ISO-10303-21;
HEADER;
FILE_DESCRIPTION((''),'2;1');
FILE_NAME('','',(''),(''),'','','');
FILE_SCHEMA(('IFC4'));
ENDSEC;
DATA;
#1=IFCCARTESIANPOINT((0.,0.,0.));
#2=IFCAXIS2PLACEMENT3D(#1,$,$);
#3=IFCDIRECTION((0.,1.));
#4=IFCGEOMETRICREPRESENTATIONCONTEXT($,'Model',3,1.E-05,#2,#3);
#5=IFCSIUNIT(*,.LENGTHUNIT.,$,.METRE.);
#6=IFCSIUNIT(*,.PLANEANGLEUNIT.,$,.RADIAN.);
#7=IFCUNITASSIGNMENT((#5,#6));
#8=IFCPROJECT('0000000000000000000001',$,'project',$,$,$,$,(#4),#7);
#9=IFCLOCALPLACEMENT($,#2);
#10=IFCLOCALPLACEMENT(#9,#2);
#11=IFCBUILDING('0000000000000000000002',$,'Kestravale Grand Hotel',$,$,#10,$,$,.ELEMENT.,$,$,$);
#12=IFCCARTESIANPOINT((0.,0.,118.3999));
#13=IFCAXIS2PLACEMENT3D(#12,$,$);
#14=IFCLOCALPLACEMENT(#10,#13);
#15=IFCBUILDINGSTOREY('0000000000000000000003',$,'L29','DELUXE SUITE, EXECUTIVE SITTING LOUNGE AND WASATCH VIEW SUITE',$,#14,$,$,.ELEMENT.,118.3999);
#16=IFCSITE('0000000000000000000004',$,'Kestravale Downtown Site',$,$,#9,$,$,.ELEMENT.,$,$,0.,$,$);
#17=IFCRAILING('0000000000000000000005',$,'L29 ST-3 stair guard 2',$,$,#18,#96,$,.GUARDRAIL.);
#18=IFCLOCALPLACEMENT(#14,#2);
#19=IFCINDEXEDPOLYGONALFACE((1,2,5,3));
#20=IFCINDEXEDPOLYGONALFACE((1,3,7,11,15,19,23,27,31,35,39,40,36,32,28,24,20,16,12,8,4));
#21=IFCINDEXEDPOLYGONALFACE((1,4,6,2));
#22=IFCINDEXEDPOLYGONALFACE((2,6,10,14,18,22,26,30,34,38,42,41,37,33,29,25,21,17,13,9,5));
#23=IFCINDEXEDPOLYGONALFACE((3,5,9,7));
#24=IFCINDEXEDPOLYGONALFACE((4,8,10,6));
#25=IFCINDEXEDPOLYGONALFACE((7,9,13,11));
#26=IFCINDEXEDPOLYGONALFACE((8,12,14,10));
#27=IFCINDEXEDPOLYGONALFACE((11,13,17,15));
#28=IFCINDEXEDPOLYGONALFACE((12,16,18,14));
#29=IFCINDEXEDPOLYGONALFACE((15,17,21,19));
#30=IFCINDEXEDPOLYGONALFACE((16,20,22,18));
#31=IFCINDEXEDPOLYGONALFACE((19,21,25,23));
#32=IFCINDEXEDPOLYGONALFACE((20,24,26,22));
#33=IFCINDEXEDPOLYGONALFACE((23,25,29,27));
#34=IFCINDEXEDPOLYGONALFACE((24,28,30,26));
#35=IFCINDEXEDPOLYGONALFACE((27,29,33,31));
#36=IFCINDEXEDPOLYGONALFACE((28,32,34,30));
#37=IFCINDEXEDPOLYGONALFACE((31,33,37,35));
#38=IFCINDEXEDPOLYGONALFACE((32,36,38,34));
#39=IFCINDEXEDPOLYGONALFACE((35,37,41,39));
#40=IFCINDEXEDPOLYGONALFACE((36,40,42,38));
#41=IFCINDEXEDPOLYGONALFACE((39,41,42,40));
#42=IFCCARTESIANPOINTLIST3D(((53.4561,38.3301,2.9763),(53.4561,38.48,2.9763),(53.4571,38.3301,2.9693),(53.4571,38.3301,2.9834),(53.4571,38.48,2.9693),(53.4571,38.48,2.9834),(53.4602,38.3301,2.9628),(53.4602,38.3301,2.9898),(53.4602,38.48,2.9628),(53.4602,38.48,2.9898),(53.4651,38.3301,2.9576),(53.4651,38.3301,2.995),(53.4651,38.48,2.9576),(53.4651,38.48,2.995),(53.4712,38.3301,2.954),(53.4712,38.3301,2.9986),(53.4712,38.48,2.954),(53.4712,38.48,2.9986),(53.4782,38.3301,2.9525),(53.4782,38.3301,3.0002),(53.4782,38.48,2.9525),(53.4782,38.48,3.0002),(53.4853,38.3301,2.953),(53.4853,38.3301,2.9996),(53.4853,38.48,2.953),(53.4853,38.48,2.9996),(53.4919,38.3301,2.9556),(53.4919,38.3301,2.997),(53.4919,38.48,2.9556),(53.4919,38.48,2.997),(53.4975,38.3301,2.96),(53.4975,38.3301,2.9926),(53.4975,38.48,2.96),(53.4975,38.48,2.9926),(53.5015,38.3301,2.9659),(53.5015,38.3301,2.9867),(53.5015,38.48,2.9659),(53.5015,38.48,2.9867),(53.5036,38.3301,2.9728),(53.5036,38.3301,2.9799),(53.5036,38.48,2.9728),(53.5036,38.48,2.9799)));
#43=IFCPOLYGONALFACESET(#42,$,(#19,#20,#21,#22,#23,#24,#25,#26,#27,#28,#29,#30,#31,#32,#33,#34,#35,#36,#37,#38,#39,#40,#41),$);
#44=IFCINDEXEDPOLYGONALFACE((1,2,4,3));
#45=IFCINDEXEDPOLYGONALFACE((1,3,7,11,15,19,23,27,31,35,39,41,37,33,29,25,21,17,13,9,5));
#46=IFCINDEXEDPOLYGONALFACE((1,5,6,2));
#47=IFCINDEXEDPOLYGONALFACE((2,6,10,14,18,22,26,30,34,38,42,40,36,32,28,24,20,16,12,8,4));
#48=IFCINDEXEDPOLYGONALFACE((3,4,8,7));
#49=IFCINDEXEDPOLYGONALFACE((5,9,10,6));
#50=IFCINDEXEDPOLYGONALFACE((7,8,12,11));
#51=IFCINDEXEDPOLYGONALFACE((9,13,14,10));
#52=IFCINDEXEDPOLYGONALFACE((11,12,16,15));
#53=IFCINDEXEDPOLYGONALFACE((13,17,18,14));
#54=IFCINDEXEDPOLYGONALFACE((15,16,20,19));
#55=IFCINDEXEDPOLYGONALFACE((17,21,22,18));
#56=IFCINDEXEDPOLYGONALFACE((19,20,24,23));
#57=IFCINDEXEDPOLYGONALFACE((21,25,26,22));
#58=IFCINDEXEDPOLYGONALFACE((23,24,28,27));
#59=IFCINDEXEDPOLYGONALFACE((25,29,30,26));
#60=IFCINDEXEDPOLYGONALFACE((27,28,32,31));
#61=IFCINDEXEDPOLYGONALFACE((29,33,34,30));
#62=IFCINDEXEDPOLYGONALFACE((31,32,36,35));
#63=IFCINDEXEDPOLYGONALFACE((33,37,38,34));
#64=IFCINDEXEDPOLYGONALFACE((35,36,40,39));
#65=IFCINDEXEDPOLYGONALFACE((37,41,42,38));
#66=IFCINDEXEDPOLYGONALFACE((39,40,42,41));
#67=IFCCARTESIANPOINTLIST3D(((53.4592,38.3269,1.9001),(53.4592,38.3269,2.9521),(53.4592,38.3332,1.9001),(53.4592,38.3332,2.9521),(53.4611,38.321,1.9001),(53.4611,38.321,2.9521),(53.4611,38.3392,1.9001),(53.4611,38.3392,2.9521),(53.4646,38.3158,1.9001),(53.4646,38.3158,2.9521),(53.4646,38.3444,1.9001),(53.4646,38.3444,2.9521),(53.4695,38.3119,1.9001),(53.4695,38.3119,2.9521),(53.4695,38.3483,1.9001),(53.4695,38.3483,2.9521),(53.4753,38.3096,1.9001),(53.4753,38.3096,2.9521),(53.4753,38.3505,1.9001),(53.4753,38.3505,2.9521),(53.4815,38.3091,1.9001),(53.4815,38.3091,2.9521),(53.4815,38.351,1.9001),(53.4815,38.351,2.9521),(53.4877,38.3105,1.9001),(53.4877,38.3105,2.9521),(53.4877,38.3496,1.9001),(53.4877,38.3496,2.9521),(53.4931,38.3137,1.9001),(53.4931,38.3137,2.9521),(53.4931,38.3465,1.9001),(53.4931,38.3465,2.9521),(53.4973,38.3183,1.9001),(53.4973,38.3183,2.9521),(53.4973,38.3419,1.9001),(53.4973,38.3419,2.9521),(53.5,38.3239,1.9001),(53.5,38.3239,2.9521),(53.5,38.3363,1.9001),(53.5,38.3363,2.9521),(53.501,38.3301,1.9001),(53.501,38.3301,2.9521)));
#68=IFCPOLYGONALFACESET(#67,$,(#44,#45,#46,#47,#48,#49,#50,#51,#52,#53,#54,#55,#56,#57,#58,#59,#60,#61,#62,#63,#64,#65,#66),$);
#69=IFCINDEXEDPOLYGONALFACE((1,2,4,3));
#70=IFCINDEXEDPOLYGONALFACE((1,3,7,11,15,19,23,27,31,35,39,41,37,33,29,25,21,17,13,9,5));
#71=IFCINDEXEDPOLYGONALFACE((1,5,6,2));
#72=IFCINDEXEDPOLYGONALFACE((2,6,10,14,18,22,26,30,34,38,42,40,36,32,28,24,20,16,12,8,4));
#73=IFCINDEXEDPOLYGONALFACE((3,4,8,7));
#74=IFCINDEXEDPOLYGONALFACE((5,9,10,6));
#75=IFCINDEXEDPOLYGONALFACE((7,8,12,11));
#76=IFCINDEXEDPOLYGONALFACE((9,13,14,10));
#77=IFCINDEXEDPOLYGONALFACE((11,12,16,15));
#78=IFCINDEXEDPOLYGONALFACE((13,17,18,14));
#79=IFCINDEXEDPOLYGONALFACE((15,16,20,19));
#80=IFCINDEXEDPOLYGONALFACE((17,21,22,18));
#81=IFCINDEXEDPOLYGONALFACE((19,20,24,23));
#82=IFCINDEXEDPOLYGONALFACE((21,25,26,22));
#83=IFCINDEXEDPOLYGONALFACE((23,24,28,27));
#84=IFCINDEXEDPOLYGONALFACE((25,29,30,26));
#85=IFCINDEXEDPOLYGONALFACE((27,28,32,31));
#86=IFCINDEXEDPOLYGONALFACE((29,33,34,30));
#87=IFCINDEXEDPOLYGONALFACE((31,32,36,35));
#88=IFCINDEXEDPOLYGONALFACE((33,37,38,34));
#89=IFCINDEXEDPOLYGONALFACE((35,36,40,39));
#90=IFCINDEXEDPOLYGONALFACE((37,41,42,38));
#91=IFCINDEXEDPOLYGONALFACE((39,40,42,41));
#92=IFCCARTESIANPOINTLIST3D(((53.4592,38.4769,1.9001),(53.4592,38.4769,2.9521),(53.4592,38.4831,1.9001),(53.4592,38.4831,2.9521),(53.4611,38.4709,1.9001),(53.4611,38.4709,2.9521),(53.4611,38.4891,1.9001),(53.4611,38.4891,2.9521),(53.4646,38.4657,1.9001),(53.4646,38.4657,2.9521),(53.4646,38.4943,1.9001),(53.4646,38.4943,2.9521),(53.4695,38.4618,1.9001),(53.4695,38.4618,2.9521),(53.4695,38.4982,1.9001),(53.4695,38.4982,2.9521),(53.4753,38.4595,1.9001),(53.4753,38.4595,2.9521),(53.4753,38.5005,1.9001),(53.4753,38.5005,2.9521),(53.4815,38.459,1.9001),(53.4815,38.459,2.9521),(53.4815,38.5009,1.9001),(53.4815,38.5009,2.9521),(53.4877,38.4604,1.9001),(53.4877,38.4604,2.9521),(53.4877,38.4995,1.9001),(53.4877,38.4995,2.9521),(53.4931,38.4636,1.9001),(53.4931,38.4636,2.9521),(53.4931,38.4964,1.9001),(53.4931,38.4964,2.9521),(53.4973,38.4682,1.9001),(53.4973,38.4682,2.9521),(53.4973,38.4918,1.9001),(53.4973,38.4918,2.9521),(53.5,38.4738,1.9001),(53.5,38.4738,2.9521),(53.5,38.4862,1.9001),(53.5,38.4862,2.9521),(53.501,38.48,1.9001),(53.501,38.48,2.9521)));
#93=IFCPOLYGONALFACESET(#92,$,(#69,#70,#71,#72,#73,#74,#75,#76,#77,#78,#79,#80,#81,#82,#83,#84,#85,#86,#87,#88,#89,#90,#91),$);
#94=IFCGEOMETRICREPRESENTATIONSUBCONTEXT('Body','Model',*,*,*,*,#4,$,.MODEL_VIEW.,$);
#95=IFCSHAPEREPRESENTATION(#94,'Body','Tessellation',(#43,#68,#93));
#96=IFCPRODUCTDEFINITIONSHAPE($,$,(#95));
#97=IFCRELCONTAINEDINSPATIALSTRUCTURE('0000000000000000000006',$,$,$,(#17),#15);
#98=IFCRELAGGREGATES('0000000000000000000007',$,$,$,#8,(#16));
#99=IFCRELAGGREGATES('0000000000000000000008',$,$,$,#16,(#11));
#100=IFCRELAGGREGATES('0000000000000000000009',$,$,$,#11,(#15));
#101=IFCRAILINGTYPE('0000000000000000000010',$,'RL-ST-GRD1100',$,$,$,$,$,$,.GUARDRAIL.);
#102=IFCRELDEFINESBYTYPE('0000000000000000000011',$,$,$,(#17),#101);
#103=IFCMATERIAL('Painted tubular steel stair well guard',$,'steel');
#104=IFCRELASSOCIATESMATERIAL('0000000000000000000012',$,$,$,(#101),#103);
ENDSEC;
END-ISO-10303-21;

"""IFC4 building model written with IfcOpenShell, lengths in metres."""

from ifc_helpers import new_model, si_unit, direction, frame, origin, origin_2d, place, context, subcontext, project, spatial, circle, extrude, material, type_object, element, save


model = new_model("IFC4")

# Units and contexts
model_context = context("Model", 3, precision=1e-05, world=origin(), true_north=direction((0.0, 1.0)))
body_context = subcontext(model_context, "Body", "Model", "MODEL_VIEW")
ifc_project = project(units=[si_unit("LENGTHUNIT", "METRE"), si_unit("PLANEANGLEUNIT", "RADIAN")], contexts=[model_context])

# Site, building, storey
site_placement = place(None, origin())
site = spatial("IfcSite", under=ifc_project, at=site_placement, Name="Kestravale Downtown Site", CompositionType="ELEMENT", RefElevation=0.0)
building_placement = place(site_placement, origin())
building = spatial("IfcBuilding", under=site, at=building_placement, Name="Kestravale Grand Hotel", CompositionType="ELEMENT")
storey_placement = place(building_placement, frame((0.0, 0.0, 118.3999)))
storey = spatial("IfcBuildingStorey", under=building, at=storey_placement, Name="L29", Description="DELUXE SUITE, EXECUTIVE SITTING LOUNGE AND WASATCH VIEW SUITE", CompositionType="ELEMENT", Elevation=118.3999)

# Railing
ifc_material_1 = material(Name="Painted tubular steel stair well guard", Category="steel")
railing_type_1 = type_object("IfcRailingType", Name="RL-ST-GRD1100", PredefinedType="GUARDRAIL", material=ifc_material_1)
railing_1_placement = place(storey_placement, frame((53.48, 38.3301, 1.9001)))
element("IfcRailing", 1, at=railing_1_placement, inside=storey, type_object=railing_type_1, Name="L29 ST-3 stair guard 2", PredefinedType="GUARDRAIL", context=body_context, shape_type="SweptSolid", body=[
    extrude(circle(Radius=0.0239, at=origin_2d()), frame((0.0, 0.0, 1.0762), z_axis=(0.0, 1.0, 0.0), x_axis=(-1.0, 0.0, 0.0)), (0.0, 0.0, 1.0), 0.1499),
    extrude(circle(Radius=0.021, at=origin_2d()), origin(), (0.0, 0.0, 1.0), 1.052),
    extrude(circle(Radius=0.021, at=origin_2d()), frame((0.0, 0.1499, 0.0)), (0.0, 0.0, 1.0), 1.052),
])

save(model, "model.ifc")
